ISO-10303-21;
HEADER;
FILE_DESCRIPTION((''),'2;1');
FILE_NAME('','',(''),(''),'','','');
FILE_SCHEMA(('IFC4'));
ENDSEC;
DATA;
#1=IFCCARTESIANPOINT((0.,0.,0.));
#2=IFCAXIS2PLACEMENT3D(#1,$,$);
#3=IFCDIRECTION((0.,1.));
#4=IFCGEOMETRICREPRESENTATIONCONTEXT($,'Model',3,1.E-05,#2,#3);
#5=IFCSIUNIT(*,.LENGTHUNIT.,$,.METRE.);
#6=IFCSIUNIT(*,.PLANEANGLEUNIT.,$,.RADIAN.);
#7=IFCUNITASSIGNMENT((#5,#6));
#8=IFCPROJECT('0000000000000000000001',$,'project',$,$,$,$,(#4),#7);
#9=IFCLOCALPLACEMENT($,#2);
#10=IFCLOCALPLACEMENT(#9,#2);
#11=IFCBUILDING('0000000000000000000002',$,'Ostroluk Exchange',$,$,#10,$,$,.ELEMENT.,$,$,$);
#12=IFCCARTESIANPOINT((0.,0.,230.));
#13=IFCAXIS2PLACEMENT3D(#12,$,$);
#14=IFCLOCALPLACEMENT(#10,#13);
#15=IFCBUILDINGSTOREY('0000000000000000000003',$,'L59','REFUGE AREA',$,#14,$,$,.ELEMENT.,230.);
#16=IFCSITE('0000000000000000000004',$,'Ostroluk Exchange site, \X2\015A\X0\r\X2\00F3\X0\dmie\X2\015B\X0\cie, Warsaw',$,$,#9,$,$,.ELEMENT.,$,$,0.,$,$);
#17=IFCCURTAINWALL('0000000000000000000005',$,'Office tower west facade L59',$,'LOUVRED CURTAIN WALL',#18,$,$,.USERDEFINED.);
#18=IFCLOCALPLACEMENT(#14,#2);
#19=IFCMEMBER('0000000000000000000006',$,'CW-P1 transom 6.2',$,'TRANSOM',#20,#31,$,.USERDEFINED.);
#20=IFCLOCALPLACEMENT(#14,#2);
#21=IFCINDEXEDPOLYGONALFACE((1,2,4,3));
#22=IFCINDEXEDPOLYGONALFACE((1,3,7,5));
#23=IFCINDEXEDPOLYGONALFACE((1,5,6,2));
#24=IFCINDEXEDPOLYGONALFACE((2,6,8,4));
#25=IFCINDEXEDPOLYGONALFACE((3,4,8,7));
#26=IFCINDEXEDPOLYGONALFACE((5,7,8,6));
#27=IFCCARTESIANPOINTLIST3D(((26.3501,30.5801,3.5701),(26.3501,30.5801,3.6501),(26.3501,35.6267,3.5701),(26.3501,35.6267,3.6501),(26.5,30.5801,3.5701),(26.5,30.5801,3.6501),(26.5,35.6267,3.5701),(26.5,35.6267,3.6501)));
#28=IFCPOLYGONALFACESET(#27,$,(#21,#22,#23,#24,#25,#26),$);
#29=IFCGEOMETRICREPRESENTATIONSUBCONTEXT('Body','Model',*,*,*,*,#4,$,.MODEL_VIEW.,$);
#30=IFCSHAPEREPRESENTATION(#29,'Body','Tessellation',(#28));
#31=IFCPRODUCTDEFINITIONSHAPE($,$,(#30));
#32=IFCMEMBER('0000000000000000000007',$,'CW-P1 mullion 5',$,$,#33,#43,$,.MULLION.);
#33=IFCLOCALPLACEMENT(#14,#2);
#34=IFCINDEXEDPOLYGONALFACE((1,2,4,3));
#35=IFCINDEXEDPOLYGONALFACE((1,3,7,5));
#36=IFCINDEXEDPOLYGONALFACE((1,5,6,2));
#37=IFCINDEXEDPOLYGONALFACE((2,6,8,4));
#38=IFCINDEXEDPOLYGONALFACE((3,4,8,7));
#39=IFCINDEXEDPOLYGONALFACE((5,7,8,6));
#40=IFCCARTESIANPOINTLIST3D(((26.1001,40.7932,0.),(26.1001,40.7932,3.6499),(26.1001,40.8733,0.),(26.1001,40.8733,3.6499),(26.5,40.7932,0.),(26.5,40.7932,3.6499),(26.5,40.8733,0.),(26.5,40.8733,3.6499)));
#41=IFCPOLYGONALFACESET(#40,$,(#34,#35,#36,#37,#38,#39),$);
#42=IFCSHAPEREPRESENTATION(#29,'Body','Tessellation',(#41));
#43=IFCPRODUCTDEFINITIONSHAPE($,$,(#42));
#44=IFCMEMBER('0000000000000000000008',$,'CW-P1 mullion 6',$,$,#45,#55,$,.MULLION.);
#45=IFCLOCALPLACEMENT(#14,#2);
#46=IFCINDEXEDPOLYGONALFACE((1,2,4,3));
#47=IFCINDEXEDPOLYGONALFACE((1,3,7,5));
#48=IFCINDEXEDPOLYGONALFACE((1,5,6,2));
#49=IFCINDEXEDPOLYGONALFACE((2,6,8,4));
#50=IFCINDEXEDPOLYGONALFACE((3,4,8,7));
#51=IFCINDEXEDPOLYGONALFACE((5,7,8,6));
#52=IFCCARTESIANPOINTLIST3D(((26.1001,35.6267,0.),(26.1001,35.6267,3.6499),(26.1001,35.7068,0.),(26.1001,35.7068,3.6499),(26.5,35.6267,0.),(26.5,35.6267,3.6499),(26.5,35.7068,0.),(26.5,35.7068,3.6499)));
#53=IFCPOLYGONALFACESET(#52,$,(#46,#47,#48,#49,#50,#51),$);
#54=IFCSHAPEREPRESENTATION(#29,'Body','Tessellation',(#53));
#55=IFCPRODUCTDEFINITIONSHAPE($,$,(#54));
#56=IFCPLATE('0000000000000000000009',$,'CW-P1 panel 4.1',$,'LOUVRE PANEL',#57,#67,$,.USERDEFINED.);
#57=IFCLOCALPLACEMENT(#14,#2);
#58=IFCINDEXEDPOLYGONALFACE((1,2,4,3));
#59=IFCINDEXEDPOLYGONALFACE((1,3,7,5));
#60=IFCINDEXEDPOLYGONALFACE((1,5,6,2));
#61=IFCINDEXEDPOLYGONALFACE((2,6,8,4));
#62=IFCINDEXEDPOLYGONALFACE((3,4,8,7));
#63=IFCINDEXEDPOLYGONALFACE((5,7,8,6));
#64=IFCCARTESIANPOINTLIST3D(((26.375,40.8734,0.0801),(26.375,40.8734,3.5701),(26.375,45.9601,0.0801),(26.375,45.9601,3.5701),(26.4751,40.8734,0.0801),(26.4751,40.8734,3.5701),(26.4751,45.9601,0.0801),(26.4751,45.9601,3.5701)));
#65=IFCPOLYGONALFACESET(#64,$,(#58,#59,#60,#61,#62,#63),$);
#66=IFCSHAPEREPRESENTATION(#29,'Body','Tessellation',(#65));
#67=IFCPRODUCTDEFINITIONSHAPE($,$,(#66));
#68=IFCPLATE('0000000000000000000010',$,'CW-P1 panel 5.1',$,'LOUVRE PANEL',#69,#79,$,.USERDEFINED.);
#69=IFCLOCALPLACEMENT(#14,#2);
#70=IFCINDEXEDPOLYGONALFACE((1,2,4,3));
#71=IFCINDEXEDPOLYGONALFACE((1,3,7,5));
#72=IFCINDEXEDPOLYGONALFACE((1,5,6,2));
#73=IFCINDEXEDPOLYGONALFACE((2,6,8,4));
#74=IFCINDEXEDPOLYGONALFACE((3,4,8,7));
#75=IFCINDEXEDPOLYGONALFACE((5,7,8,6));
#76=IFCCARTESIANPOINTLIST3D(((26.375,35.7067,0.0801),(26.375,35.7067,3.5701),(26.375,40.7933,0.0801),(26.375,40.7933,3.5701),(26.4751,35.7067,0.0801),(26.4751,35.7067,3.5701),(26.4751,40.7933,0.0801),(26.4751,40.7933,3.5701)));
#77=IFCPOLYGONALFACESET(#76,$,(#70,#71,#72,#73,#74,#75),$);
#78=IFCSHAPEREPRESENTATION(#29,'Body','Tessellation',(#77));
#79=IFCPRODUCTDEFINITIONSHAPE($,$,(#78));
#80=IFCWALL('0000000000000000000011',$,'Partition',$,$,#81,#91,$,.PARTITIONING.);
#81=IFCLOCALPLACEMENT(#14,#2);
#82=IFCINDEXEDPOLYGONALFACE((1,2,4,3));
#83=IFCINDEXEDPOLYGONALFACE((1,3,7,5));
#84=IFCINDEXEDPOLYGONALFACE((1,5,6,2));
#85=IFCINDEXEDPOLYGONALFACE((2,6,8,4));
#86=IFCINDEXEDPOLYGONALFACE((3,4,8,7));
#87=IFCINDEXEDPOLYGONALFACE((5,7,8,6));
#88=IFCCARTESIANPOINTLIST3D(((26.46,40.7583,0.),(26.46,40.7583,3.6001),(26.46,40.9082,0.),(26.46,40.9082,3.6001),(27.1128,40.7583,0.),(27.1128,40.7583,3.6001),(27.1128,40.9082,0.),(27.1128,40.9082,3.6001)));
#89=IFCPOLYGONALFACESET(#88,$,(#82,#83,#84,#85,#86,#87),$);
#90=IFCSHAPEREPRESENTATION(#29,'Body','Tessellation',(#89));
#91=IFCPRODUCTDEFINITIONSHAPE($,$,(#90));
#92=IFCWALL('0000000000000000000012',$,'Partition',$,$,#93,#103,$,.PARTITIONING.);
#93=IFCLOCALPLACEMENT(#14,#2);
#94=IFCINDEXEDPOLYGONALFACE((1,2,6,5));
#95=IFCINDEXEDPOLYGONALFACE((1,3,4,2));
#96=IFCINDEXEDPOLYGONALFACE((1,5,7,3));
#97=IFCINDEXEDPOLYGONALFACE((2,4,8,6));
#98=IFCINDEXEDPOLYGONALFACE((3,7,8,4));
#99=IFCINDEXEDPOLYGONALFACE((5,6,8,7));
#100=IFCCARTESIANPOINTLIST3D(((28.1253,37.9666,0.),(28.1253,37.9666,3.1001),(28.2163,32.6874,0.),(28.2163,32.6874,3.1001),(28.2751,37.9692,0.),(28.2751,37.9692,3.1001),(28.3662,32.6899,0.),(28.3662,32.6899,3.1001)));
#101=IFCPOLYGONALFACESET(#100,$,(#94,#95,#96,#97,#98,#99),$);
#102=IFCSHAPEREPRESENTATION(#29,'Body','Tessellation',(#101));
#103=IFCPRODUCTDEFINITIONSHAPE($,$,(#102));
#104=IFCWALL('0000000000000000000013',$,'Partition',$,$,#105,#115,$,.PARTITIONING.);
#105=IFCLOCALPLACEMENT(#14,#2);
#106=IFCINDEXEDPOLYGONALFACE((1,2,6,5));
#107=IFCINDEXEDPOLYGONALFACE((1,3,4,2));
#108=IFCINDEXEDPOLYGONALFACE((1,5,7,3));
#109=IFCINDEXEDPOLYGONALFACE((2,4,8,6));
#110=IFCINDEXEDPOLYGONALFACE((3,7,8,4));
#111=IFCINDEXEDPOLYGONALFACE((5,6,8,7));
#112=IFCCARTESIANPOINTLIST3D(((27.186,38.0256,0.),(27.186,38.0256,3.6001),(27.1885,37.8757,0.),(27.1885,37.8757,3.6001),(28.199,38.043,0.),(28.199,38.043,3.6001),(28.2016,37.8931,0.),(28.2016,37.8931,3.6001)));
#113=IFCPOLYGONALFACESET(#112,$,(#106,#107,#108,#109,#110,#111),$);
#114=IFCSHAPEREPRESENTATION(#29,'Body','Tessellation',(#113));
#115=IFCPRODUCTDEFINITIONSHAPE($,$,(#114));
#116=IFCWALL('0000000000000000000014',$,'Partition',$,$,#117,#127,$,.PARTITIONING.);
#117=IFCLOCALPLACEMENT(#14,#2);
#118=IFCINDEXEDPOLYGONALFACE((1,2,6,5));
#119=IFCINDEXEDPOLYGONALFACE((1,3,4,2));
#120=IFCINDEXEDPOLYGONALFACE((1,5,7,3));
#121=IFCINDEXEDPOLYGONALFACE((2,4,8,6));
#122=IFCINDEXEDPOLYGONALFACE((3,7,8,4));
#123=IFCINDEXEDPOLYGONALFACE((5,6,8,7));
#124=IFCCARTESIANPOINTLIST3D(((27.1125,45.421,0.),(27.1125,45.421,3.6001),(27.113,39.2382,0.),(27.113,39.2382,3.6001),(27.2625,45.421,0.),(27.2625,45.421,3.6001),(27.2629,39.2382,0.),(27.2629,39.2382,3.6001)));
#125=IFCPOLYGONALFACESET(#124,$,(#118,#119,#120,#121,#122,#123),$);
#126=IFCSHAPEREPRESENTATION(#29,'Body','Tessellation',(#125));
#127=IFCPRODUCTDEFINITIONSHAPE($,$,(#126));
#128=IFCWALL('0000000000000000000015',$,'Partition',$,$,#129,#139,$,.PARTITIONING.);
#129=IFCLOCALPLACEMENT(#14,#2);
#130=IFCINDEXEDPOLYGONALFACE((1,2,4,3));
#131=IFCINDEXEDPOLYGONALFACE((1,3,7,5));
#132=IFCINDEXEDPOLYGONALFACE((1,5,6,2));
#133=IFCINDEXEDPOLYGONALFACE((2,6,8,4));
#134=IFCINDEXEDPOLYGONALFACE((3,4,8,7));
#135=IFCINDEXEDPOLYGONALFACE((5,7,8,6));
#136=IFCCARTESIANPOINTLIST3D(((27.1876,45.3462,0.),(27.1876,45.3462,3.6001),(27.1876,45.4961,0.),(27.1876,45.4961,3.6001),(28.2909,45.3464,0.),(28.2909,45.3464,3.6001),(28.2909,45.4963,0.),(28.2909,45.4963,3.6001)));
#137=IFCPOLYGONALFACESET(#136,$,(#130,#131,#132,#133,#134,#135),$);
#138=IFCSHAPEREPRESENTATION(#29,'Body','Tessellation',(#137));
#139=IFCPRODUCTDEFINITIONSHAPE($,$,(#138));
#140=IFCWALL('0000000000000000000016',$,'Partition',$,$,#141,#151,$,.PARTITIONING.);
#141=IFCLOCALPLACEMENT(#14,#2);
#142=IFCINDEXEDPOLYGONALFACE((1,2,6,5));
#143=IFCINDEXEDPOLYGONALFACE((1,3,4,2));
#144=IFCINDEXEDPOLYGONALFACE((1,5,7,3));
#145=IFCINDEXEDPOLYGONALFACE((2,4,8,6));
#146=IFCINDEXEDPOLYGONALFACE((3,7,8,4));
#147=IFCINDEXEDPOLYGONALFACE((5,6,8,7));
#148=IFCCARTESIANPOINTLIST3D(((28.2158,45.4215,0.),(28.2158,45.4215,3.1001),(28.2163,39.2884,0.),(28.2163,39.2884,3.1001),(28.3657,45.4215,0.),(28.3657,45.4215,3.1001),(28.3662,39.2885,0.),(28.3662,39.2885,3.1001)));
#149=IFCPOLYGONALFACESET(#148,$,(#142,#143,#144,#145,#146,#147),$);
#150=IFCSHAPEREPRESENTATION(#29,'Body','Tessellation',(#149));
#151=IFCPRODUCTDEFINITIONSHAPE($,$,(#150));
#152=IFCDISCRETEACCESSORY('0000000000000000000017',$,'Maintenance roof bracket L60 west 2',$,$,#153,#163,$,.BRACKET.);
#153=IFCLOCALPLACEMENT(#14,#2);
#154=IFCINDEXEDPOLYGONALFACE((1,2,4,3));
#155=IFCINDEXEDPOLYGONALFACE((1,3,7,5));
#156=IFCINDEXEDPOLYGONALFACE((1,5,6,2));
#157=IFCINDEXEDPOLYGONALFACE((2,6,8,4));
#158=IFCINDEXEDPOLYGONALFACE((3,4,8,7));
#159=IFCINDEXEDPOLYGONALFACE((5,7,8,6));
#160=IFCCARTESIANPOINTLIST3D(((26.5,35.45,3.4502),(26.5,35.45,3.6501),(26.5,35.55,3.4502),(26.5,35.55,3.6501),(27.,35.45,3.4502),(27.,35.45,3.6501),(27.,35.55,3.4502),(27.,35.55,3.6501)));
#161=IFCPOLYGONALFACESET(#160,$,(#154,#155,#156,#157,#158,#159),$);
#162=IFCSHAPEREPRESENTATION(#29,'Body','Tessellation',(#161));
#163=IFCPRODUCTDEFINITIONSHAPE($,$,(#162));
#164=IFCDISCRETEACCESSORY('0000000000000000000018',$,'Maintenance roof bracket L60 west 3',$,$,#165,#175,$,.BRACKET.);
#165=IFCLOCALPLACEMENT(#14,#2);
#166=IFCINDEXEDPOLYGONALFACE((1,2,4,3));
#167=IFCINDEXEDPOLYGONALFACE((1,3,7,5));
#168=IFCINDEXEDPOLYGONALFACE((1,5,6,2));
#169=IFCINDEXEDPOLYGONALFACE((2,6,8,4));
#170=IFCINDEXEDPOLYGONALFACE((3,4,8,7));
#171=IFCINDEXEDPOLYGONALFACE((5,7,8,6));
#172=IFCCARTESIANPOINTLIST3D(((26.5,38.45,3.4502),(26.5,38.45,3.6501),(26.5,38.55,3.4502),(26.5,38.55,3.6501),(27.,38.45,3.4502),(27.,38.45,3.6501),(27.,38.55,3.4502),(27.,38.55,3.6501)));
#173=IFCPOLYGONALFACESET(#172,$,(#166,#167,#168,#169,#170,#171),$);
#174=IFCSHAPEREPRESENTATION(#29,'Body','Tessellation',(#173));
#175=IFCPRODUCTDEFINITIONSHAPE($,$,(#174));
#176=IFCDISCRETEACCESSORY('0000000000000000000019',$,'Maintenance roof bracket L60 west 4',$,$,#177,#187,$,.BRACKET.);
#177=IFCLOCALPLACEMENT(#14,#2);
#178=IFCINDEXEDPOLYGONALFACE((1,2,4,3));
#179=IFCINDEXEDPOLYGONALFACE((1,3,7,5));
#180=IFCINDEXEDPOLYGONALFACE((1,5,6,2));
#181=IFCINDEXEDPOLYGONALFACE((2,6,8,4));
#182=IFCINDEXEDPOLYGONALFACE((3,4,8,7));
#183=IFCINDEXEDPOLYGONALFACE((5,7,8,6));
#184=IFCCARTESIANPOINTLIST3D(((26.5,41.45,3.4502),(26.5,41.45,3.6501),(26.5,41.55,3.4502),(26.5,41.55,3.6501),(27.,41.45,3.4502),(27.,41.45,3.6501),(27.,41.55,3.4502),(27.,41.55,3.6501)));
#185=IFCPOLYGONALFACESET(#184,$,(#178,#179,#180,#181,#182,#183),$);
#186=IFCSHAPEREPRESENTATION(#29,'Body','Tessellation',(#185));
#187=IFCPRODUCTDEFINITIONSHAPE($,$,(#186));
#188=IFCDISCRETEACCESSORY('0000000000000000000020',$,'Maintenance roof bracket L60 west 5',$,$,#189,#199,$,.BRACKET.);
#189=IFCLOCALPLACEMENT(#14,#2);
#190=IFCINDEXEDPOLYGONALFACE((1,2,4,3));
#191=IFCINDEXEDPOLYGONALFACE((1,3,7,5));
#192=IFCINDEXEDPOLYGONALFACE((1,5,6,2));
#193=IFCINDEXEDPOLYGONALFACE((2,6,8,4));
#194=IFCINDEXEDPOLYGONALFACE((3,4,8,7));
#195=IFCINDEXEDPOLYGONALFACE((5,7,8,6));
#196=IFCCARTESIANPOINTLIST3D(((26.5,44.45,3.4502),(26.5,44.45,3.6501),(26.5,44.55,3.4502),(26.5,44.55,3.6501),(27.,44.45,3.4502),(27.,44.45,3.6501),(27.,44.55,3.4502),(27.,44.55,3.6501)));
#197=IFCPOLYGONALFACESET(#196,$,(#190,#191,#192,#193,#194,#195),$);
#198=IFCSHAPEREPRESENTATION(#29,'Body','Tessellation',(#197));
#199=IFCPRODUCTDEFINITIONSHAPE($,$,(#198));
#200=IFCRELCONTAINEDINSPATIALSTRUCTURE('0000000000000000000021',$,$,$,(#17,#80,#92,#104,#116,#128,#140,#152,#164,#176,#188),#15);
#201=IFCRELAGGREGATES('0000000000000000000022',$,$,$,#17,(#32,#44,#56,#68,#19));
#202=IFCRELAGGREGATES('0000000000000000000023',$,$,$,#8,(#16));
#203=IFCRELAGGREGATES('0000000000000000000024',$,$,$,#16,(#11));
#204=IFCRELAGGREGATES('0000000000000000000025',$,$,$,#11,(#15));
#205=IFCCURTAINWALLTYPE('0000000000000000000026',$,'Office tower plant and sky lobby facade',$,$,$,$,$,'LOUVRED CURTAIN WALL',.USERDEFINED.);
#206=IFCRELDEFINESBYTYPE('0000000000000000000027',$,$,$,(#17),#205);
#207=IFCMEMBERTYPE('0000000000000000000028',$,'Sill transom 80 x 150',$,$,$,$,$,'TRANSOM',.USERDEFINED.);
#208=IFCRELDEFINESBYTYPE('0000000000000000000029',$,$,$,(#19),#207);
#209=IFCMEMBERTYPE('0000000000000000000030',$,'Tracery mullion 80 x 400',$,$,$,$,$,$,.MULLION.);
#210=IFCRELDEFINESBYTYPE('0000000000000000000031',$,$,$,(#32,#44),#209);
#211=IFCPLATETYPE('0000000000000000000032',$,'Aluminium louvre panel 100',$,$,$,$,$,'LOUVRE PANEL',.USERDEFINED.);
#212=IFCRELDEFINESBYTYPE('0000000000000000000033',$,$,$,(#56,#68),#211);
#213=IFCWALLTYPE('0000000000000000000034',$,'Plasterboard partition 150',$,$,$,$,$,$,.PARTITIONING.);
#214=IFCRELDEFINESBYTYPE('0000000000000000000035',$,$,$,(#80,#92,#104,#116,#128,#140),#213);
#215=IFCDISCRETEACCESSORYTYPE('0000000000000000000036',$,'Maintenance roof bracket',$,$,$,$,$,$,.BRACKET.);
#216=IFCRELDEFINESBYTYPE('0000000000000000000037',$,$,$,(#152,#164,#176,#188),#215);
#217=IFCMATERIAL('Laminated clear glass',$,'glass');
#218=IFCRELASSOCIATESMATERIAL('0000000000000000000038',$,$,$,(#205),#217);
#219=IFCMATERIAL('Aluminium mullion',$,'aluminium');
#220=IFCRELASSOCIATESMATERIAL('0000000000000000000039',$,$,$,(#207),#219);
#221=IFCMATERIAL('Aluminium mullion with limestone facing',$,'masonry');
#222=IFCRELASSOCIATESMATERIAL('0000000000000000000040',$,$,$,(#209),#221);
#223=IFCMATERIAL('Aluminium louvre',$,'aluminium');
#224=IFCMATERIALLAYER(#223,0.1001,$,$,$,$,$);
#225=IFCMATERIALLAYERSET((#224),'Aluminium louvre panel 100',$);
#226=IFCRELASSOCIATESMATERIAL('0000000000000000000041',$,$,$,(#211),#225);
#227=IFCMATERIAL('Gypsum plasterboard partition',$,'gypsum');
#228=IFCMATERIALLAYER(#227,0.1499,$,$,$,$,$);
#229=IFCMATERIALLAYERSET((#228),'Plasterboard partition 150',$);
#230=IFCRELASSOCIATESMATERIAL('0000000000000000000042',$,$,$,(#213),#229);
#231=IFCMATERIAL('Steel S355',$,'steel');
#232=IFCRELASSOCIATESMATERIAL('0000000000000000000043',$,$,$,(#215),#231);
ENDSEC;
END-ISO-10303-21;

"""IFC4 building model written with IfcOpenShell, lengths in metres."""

from ifc_helpers import new_model, si_unit, direction, frame, frame_2d, origin, origin_2d, place, context, subcontext, project, spatial, rectangle, extrude, material, layer, layer_set, material_profile, profile_set, type_object, element, aggregate, save


model = new_model("IFC4")

# Units and contexts
model_context = context("Model", 3, precision=1e-05, world=origin(), true_north=direction((0.0, 1.0)))
body_context = subcontext(model_context, "Body", "Model", "MODEL_VIEW")
ifc_project = project(units=[si_unit("LENGTHUNIT", "METRE"), si_unit("PLANEANGLEUNIT", "RADIAN")], contexts=[model_context])

# Site, building, storey
site_placement = place(None, origin())
site = spatial("IfcSite", under=ifc_project, at=site_placement, Name="Ostroluk Exchange site, Śródmieście, Warsaw", CompositionType="ELEMENT", RefElevation=0.0)
building_placement = place(site_placement, origin())
building = spatial("IfcBuilding", under=site, at=building_placement, Name="Ostroluk Exchange", CompositionType="ELEMENT")
storey_placement = place(building_placement, frame((0.0, 0.0, 230.0)))
storey = spatial("IfcBuildingStorey", under=building, at=storey_placement, Name="L59", Description="REFUGE AREA", CompositionType="ELEMENT", Elevation=230.0)

# Curtain wall, members, plates
ifc_material_1 = material(Name="Laminated clear glass", Category="glass")
curtain_wall_type = type_object("IfcCurtainWallType", Name="Office tower plant and sky lobby facade", ElementType="LOUVRED CURTAIN WALL", PredefinedType="USERDEFINED", material=ifc_material_1)
curtain_wall_placement = place(storey_placement, origin())
curtain_wall = element("IfcCurtainWall", 1, at=curtain_wall_placement, inside=storey, type_object=curtain_wall_type, Name="Office tower west facade L59", ObjectType="LOUVRED CURTAIN WALL", PredefinedType="USERDEFINED")
ifc_material_2 = material(Name="Aluminium mullion", Category="aluminium")
ifc_material_profile_1 = material_profile(ifc_material_2, rectangle(XDim=0.1499, YDim=0.0801, at=origin_2d()), Name="Sill transom 80 x 150")
ifc_profile_set_1 = profile_set([ifc_material_profile_1], Name="Aluminium mullion")
member_type_1 = type_object("IfcMemberType", Name="Sill transom 80 x 150", ElementType="TRANSOM", PredefinedType="USERDEFINED", material=ifc_profile_set_1)
member_1_placement = place(storey_placement, frame((26.425, 35.6267, 3.6101), z_axis=(0.0, -1.0, 0.0), x_axis=(1.0, 0.0, 0.0)))
member_1 = element("IfcMember", 2, at=member_1_placement, type_object=member_type_1, Name="CW-P1 transom 6.2", ObjectType="TRANSOM", PredefinedType="USERDEFINED", context=body_context, shape_type="SweptSolid", body=[
    extrude(rectangle(XDim=0.1499, YDim=0.0801, at=origin_2d()), origin(), (0.0, 0.0, 1.0), 5.0466),
])
ifc_material_3 = material(Name="Aluminium mullion with limestone facing", Category="masonry")
ifc_material_profile_2 = material_profile(ifc_material_3, rectangle(XDim=0.3999, YDim=0.0801, at=origin_2d()), Name="Tracery mullion 80 x 400")
ifc_profile_set_2 = profile_set([ifc_material_profile_2], Name="Aluminium mullion with limestone facing")
member_type_2 = type_object("IfcMemberType", Name="Tracery mullion 80 x 400", PredefinedType="MULLION", material=ifc_profile_set_2)
member_2_placement = place(storey_placement, frame((26.3, 40.8333, 0.0), z_axis=(0.0, 0.0, 1.0), x_axis=(1.0, 0.0, 0.0)))
member_2 = element("IfcMember", 3, at=member_2_placement, type_object=member_type_2, Name="CW-P1 mullion 5", PredefinedType="MULLION", context=body_context, shape_type="SweptSolid", body=[
    extrude(rectangle(XDim=0.3999, YDim=0.0801, at=origin_2d()), origin(), (0.0, 0.0, 1.0), 3.6499),
])
member_3_placement = place(storey_placement, frame((26.3, 35.6667, 0.0), z_axis=(0.0, 0.0, 1.0), x_axis=(1.0, 0.0, 0.0)))
member_3 = element("IfcMember", 4, at=member_3_placement, type_object=member_type_2, Name="CW-P1 mullion 6", PredefinedType="MULLION", context=body_context, shape_type="SweptSolid", body=[
    extrude(rectangle(XDim=0.3999, YDim=0.0801, at=origin_2d()), origin(), (0.0, 0.0, 1.0), 3.6499),
])
ifc_material_4 = material(Name="Aluminium louvre", Category="aluminium")
ifc_layer_1 = layer(ifc_material_4, 0.1001)
ifc_layer_set_1 = layer_set([ifc_layer_1], Name="Aluminium louvre panel 100")
plate_type = type_object("IfcPlateType", Name="Aluminium louvre panel 100", ElementType="LOUVRE PANEL", PredefinedType="USERDEFINED", material=ifc_layer_set_1)
plate_1_placement = place(storey_placement, frame((26.425, 43.4167, 0.0801), z_axis=(0.0, 0.0, 1.0), x_axis=(0.0, -1.0, 0.0)))
plate_1 = element("IfcPlate", 5, at=plate_1_placement, type_object=plate_type, Name="CW-P1 panel 4.1", ObjectType="LOUVRE PANEL", PredefinedType="USERDEFINED", context=body_context, shape_type="SweptSolid", body=[
    extrude(rectangle(XDim=5.0867, YDim=0.1001, at=origin_2d()), origin(), (0.0, 0.0, 1.0), 3.49),
])
plate_2_placement = place(storey_placement, frame((26.425, 38.25, 0.0801), z_axis=(0.0, 0.0, 1.0), x_axis=(0.0, -1.0, 0.0)))
plate_2 = element("IfcPlate", 6, at=plate_2_placement, type_object=plate_type, Name="CW-P1 panel 5.1", ObjectType="LOUVRE PANEL", PredefinedType="USERDEFINED", context=body_context, shape_type="SweptSolid", body=[
    extrude(rectangle(XDim=5.0867, YDim=0.1001, at=origin_2d()), origin(), (0.0, 0.0, 1.0), 3.49),
])
aggregate(curtain_wall, [member_2, member_3, plate_1, plate_2, member_1])

# Walls
ifc_material_5 = material(Name="Gypsum plasterboard partition", Category="gypsum")
ifc_layer_2 = layer(ifc_material_5, 0.1499)
ifc_layer_set_2 = layer_set([ifc_layer_2], Name="Plasterboard partition 150")
wall_type = type_object("IfcWallType", Name="Plasterboard partition 150", PredefinedType="PARTITIONING", material=ifc_layer_set_2)
wall_1_placement = place(storey_placement, frame((27.1128, 40.8333, 0.0), z_axis=(0.0, 0.0, 1.0), x_axis=(-1.0, 0.0, 0.0)))
element("IfcWall", 7, at=wall_1_placement, inside=storey, type_object=wall_type, Name="Partition", PredefinedType="PARTITIONING", context=body_context, shape_type="SweptSolid", body=[
    extrude(rectangle(XDim=0.6528, YDim=0.1499, at=frame_2d((0.3264, 0.0))), origin(), (0.0, 0.0, 1.0), 3.6001),
])
wall_2_placement = place(storey_placement, frame((28.2002, 37.968, 0.0), z_axis=(0.0, 0.0, 1.0), x_axis=(0.017247, -0.999851, 0.0)))
element("IfcWall", 8, at=wall_2_placement, inside=storey, type_object=wall_type, Name="Partition", PredefinedType="PARTITIONING", context=body_context, shape_type="SweptSolid", body=[
    extrude(rectangle(XDim=5.28, YDim=0.1499, at=frame_2d((2.6401, 0.0))), origin(), (0.0, 0.0, 1.0), 3.1001),
])
wall_3_placement = place(storey_placement, frame((27.1873, 37.9507, 0.0), z_axis=(0.0, 0.0, 1.0), x_axis=(0.999854, 0.01711, 0.0)))
element("IfcWall", 9, at=wall_3_placement, inside=storey, type_object=wall_type, Name="Partition", PredefinedType="PARTITIONING", context=body_context, shape_type="SweptSolid", body=[
    extrude(rectangle(XDim=1.0132, YDim=0.1499, at=frame_2d((0.5066, 0.0))), origin(), (0.0, 0.0, 1.0), 3.6001),
])
wall_4_placement = place(storey_placement, frame((27.188, 39.2383, 0.0), z_axis=(0.0, 0.0, 1.0), x_axis=(-0.000079, 1.0, 0.0)))
element("IfcWall", 10, at=wall_4_placement, inside=storey, type_object=wall_type, Name="Partition", PredefinedType="PARTITIONING", context=body_context, shape_type="SweptSolid", body=[
    extrude(rectangle(XDim=6.1829, YDim=0.1499, at=frame_2d((3.0913, 0.0))), origin(), (0.0, 0.0, 1.0), 3.6001),
])
wall_5_placement = place(storey_placement, frame((27.1875, 45.4211, 0.0), z_axis=(0.0, 0.0, 1.0), x_axis=(1.0, 0.000221, 0.0)))
element("IfcWall", 11, at=wall_5_placement, inside=storey, type_object=wall_type, Name="Partition", PredefinedType="PARTITIONING", context=body_context, shape_type="SweptSolid", body=[
    extrude(rectangle(XDim=1.1033, YDim=0.1499, at=frame_2d((0.5518, 0.0))), origin(), (0.0, 0.0, 1.0), 3.6001),
])
wall_6_placement = place(storey_placement, frame((28.2908, 45.4214, 0.0), z_axis=(0.0, 0.0, 1.0), x_axis=(0.00008, -1.0, 0.0)))
element("IfcWall", 12, at=wall_6_placement, inside=storey, type_object=wall_type, Name="Partition", PredefinedType="PARTITIONING", context=body_context, shape_type="SweptSolid", body=[
    extrude(rectangle(XDim=6.1331, YDim=0.1499, at=frame_2d((3.0664, 0.0))), origin(), (0.0, 0.0, 1.0), 3.1001),
])

# Discrete accessories
ifc_material_6 = material(Name="Steel S355", Category="steel")
discrete_accessory_type = type_object("IfcDiscreteAccessoryType", Name="Maintenance roof bracket", PredefinedType="BRACKET", material=ifc_material_6)
for number, where, z_axis, x_axis, name in (
    (13, (26.75, 35.5, 3.4502), (0.0, 0.0, 1.0), (1.0, 0.0, 0.0), "Maintenance roof bracket L60 west 2"),
    (14, (26.75, 38.5, 3.4502), (0.0, 0.0, 1.0), (1.0, 0.0, 0.0), "Maintenance roof bracket L60 west 3"),
    (15, (26.75, 41.5, 3.4502), (0.0, 0.0, 1.0), (1.0, 0.0, 0.0), "Maintenance roof bracket L60 west 4"),
    (16, (26.75, 44.5, 3.4502), (0.0, 0.0, 1.0), (1.0, 0.0, 0.0), "Maintenance roof bracket L60 west 5"),
):
    element("IfcDiscreteAccessory", number, at=place(storey_placement, frame(where, z_axis=z_axis, x_axis=x_axis)), inside=storey, type_object=discrete_accessory_type, Name=name, PredefinedType="BRACKET", context=body_context, shape_type="SweptSolid", body=[
        extrude(rectangle(XDim=0.5, YDim=0.1001, at=origin_2d()), origin(), (0.0, 0.0, 1.0), 0.2),
    ])

save(model, "model.ifc")
